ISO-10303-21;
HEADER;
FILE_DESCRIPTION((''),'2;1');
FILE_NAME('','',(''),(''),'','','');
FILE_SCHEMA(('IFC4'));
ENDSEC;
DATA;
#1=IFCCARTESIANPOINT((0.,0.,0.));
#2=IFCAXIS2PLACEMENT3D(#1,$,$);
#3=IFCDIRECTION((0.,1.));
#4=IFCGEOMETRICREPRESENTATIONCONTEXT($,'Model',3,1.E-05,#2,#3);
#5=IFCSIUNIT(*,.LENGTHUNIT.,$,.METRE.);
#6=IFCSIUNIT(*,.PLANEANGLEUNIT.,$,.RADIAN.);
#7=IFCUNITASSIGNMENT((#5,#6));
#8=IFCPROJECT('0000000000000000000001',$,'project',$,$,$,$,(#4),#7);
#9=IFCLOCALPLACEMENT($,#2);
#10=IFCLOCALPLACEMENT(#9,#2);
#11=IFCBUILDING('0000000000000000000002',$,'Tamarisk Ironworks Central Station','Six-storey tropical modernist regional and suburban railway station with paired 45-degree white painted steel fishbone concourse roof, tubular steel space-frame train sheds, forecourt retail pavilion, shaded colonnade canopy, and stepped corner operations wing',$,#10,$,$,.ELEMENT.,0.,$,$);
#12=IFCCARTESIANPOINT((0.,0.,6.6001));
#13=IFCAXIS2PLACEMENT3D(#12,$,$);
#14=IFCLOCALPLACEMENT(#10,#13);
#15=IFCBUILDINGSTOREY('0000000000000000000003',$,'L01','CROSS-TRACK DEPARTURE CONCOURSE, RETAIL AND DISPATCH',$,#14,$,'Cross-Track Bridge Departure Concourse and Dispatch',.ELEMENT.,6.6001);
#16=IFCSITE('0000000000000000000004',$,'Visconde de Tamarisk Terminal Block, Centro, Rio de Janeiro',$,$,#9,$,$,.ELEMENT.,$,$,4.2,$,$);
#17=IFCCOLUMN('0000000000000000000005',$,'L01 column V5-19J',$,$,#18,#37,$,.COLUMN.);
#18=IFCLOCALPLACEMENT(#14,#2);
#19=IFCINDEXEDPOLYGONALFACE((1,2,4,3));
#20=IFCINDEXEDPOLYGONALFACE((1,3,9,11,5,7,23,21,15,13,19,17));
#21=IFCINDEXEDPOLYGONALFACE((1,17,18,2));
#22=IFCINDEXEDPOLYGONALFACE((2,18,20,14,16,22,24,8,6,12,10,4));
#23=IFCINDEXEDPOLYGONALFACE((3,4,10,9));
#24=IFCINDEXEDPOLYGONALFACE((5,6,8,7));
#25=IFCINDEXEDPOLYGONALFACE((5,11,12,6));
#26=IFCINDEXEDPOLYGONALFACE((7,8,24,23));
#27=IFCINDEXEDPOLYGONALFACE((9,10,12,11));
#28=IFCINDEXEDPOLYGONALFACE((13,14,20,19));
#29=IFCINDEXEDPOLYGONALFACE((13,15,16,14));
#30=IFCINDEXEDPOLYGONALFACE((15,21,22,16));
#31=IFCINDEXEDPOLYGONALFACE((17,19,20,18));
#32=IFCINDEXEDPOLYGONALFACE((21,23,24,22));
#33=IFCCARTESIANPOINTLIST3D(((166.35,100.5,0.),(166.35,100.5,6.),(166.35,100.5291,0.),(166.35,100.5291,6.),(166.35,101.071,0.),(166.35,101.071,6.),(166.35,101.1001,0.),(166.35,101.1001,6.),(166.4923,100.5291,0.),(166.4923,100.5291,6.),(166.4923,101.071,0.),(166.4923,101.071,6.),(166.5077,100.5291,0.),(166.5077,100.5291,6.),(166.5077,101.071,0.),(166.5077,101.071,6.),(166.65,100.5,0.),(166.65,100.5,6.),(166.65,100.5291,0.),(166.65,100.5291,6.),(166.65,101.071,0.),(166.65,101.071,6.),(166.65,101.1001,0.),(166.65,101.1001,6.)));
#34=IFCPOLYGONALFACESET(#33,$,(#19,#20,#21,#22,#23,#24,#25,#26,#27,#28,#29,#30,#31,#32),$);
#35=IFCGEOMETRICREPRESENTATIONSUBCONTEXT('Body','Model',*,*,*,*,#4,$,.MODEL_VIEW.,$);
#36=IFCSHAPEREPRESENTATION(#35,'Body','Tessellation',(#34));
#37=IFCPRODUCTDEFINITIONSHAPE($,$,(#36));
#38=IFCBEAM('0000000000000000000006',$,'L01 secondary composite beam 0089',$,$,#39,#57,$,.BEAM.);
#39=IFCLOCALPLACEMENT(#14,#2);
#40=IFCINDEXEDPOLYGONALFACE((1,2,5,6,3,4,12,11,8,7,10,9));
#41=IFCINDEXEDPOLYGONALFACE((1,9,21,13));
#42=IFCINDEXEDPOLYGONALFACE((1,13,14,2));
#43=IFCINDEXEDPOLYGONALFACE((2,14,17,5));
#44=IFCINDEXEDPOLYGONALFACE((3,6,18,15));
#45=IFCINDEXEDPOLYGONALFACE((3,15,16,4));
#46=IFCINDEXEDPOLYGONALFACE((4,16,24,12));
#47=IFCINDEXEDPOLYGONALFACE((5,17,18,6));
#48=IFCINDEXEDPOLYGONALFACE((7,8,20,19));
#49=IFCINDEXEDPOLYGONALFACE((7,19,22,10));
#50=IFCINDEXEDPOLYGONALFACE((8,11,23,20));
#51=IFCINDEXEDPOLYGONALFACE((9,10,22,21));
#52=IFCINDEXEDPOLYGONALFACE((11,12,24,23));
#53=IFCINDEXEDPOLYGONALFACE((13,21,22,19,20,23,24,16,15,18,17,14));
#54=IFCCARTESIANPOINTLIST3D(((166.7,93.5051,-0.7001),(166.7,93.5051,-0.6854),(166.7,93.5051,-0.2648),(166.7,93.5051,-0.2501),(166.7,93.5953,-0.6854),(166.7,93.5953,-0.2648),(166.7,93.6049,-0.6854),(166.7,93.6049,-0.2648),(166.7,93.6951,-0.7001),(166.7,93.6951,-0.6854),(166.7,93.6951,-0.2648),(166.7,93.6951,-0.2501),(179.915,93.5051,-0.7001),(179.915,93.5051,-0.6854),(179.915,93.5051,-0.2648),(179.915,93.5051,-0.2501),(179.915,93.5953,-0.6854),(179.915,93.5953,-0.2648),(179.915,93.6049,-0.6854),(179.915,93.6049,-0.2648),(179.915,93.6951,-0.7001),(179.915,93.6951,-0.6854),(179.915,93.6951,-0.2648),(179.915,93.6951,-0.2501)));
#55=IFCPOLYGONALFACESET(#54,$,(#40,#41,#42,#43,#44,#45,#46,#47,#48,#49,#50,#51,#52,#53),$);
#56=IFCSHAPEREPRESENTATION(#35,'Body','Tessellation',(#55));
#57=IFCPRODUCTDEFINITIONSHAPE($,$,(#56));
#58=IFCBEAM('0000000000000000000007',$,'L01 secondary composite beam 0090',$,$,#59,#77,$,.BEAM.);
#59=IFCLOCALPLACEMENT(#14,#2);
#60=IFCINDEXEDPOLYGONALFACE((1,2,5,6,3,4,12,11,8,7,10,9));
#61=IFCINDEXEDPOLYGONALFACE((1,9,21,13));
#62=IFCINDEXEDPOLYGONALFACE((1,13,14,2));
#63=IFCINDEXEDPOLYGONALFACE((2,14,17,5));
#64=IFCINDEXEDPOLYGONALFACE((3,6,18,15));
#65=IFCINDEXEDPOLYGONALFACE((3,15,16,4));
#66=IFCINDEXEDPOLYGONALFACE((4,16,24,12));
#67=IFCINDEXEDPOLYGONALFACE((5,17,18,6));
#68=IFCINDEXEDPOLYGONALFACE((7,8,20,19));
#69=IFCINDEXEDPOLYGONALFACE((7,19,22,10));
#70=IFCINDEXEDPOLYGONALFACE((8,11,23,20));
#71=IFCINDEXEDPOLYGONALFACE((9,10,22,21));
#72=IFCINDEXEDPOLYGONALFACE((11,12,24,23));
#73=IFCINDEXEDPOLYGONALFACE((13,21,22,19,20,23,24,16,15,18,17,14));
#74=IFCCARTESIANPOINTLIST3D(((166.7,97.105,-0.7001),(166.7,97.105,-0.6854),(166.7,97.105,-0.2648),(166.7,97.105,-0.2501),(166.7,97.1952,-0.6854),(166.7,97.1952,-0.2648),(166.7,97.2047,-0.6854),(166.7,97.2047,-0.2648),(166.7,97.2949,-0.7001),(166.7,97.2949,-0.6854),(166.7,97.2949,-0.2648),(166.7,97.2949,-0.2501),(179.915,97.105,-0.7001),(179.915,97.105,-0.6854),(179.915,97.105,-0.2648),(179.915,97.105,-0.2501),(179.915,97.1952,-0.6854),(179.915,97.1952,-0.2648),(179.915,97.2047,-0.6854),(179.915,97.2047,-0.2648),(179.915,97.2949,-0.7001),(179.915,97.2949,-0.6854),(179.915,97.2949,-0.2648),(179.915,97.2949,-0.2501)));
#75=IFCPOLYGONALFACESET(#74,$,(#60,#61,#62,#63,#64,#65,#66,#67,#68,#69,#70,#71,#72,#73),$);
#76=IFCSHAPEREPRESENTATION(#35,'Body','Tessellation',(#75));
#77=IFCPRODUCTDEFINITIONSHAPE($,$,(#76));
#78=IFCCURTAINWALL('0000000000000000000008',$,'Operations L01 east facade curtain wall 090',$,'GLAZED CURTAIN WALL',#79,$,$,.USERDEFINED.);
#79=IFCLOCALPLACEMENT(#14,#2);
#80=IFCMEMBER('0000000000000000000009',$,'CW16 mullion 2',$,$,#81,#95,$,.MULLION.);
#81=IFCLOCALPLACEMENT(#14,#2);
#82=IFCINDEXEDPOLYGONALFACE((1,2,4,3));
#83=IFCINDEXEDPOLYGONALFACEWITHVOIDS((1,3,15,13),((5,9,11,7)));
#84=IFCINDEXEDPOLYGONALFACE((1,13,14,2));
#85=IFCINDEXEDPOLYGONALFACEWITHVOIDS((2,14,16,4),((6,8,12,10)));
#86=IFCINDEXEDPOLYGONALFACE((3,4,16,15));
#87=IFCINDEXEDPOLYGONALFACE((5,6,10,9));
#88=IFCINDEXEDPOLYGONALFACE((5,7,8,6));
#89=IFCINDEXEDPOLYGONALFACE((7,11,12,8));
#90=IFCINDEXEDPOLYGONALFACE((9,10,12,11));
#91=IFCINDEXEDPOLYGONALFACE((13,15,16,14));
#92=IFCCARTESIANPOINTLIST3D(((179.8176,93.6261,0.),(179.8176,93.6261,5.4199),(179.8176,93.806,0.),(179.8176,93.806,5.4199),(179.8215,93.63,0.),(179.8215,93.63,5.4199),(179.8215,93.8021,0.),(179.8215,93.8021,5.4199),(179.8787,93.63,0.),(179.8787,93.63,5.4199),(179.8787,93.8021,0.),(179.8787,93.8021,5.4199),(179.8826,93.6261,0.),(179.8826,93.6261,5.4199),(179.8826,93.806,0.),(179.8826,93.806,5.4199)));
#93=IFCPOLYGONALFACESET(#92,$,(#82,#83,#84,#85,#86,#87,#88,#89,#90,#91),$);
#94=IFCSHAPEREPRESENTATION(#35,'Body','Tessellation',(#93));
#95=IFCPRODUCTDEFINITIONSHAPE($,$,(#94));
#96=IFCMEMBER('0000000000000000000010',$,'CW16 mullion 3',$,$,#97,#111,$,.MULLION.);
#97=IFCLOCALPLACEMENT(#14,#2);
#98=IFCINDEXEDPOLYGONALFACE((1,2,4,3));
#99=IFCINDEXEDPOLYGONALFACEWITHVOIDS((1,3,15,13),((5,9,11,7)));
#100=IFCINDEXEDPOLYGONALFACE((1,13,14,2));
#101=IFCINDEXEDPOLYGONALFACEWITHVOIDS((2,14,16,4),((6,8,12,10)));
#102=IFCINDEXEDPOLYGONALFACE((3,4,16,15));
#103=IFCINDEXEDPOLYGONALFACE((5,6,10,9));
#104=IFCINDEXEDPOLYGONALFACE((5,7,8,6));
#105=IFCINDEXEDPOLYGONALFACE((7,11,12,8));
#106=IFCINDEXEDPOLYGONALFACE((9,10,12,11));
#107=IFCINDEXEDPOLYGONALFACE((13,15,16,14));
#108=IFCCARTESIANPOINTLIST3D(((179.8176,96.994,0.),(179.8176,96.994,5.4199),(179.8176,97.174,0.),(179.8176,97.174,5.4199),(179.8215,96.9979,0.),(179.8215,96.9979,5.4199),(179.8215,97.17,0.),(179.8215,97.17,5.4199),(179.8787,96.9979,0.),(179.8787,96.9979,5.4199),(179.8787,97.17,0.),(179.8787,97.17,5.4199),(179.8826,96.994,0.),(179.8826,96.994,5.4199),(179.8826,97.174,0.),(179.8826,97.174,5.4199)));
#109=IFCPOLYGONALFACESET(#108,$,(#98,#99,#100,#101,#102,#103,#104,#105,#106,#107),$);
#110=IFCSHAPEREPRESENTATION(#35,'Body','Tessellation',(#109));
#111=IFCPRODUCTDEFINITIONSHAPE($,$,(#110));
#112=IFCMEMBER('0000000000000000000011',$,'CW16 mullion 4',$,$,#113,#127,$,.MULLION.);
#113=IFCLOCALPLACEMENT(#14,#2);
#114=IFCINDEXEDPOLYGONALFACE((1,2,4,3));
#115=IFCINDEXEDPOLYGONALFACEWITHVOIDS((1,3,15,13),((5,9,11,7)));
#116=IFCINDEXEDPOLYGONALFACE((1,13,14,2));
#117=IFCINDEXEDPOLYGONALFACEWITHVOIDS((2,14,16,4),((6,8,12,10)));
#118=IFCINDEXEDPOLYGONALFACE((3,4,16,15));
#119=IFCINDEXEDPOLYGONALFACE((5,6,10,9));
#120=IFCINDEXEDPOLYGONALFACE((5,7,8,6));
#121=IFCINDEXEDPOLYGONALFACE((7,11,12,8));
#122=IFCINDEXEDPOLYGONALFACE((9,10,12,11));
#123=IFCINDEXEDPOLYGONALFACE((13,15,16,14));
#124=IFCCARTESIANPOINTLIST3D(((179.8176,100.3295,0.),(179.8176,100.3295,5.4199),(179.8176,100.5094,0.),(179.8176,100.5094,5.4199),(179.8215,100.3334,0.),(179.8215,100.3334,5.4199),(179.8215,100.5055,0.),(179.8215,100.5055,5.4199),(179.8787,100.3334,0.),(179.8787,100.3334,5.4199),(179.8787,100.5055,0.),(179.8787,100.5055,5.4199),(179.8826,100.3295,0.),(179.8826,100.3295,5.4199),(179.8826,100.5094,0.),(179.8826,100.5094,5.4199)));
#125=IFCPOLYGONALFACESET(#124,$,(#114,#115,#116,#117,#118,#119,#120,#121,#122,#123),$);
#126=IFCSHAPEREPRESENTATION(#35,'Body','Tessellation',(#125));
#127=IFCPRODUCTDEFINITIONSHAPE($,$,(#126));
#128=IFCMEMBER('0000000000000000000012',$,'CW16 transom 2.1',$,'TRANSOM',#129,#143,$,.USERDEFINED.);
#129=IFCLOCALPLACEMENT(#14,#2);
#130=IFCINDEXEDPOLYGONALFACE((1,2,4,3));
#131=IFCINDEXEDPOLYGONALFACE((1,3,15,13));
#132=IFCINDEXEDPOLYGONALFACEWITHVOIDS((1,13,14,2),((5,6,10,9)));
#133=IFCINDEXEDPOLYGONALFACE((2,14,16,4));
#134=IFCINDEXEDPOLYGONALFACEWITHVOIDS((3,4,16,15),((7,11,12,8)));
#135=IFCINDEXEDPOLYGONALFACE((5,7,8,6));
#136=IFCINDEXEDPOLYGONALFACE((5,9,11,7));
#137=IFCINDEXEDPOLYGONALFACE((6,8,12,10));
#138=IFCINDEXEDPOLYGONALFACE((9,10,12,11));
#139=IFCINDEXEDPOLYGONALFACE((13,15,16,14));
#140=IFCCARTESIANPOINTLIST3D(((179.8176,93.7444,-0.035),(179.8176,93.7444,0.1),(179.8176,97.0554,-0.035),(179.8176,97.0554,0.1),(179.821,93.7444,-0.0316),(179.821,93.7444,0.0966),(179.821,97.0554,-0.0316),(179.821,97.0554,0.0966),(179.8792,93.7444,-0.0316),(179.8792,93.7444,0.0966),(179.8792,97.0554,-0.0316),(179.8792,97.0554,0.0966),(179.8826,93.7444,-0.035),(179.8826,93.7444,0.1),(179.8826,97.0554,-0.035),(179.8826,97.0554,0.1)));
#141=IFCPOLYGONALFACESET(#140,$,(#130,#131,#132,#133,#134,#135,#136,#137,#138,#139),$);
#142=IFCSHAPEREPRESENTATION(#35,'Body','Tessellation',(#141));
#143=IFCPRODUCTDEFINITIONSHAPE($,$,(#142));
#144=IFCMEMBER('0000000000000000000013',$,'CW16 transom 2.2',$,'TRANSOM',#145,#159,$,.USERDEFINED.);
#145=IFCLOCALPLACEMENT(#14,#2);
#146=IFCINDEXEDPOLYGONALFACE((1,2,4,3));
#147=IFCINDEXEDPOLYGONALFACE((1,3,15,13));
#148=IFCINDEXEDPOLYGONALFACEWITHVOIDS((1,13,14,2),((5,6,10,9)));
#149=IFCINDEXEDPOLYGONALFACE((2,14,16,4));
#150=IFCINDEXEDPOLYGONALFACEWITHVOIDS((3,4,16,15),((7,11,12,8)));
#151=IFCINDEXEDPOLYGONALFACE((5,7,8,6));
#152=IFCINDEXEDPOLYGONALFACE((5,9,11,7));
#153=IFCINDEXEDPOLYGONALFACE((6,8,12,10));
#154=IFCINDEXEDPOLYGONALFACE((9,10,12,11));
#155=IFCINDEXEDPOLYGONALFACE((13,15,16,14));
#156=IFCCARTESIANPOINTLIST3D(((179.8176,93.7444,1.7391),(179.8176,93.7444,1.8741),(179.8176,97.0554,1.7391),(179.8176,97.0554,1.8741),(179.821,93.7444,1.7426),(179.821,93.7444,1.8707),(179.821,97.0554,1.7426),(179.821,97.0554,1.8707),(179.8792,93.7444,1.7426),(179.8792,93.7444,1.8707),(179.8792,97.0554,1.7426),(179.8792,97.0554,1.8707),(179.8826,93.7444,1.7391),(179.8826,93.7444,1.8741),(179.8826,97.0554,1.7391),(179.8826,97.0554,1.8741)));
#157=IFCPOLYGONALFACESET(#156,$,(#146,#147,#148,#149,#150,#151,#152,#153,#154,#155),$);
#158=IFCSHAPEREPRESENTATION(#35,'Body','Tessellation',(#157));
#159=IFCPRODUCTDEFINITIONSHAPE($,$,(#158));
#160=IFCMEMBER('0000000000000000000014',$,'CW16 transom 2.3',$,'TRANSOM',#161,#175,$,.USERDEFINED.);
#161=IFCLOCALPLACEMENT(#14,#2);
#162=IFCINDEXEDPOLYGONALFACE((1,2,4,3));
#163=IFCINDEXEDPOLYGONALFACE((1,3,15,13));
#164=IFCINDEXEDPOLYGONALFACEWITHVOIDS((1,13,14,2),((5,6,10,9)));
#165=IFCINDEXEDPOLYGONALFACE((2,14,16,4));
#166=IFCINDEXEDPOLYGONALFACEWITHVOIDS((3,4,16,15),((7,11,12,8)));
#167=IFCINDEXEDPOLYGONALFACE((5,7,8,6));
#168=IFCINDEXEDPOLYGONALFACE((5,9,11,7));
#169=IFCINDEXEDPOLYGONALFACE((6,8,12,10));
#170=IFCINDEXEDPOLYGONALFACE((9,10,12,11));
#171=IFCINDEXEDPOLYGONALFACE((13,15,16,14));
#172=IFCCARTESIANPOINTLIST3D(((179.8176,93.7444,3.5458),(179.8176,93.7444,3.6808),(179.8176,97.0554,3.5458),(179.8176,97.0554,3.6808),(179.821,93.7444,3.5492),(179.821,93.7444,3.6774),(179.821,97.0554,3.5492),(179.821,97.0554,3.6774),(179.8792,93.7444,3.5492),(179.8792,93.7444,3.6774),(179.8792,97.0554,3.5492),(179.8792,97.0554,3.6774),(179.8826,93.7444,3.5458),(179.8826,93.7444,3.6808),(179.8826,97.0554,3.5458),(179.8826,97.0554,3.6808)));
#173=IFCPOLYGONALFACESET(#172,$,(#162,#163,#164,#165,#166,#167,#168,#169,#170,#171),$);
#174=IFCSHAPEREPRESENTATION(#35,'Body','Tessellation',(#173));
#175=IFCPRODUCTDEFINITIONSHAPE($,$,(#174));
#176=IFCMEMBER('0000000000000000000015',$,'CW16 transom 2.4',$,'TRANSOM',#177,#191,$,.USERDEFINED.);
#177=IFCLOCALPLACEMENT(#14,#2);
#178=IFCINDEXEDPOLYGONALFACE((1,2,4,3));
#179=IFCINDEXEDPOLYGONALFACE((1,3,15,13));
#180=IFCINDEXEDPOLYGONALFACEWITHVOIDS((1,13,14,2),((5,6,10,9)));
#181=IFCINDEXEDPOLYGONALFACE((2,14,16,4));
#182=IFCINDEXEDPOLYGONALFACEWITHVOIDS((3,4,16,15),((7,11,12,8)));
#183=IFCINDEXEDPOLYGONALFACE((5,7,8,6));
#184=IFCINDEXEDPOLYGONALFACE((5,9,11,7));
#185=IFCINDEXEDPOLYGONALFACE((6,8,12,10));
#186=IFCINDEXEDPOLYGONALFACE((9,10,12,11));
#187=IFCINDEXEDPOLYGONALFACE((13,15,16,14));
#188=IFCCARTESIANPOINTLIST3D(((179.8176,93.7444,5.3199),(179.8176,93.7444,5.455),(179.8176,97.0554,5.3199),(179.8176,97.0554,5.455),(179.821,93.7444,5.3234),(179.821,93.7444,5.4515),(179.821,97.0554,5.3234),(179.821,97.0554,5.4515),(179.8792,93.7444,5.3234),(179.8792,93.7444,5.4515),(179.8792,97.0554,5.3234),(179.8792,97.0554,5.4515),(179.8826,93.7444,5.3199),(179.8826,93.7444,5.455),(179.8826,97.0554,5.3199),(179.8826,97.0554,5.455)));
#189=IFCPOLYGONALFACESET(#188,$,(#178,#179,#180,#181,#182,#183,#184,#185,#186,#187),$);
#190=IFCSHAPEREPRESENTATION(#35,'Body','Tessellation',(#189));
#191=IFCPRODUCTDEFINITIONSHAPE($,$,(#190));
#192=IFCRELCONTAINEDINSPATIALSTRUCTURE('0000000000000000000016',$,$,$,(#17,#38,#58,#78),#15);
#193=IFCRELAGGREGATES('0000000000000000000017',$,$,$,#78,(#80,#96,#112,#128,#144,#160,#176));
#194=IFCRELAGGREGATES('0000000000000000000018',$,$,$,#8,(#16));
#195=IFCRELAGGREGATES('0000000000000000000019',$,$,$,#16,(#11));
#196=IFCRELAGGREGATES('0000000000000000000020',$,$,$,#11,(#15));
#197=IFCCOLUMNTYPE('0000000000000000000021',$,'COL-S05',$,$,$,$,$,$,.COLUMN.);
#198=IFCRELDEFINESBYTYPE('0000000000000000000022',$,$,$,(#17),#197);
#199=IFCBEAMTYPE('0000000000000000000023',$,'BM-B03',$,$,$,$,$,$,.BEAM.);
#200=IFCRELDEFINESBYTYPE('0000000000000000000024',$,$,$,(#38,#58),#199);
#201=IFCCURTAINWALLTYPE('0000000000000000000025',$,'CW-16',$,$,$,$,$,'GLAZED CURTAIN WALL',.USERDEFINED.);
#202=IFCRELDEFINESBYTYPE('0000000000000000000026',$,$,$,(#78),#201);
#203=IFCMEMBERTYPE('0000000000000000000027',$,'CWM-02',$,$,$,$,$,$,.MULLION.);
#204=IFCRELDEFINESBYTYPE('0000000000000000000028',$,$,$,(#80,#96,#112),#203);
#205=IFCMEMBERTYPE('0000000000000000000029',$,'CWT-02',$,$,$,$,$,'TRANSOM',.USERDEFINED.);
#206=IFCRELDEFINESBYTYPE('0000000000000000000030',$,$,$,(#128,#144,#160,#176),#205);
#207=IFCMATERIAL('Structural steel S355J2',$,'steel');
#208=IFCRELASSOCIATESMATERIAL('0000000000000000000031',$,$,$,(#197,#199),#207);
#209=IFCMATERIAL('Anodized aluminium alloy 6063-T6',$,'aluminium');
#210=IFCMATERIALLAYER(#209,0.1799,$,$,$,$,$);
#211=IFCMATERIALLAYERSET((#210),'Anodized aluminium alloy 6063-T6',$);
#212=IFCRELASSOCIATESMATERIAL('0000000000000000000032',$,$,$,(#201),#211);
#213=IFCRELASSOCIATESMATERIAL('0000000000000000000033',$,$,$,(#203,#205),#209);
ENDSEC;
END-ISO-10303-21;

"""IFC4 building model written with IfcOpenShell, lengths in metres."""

from ifc_helpers import new_model, si_unit, direction, frame, origin, origin_2d, place, context, subcontext, project, spatial, hollow_rectangle, i_section, extrude, material, layer, layer_set, material_profile, profile_set, type_object, element, aggregate, save


model = new_model("IFC4")

# Units and contexts
model_context = context("Model", 3, precision=1e-05, world=origin(), true_north=direction((0.0, 1.0)))
body_context = subcontext(model_context, "Body", "Model", "MODEL_VIEW")
ifc_project = project(units=[si_unit("LENGTHUNIT", "METRE"), si_unit("PLANEANGLEUNIT", "RADIAN")], contexts=[model_context])

# Site, building, storey
site_placement = place(None, origin())
site = spatial("IfcSite", under=ifc_project, at=site_placement, Name="Visconde de Tamarisk Terminal Block, Centro, Rio de Janeiro", CompositionType="ELEMENT", RefElevation=4.2)
building_placement = place(site_placement, origin())
building = spatial("IfcBuilding", under=site, at=building_placement, Name="Tamarisk Ironworks Central Station", Description="Six-storey tropical modernist regional and suburban railway station with paired 45-degree white painted steel fishbone concourse roof, tubular steel space-frame train sheds, forecourt retail pavilion, shaded colonnade canopy, and stepped corner operations wing", CompositionType="ELEMENT", ElevationOfRefHeight=0.0)
storey_placement = place(building_placement, frame((0.0, 0.0, 6.6001)))
storey = spatial("IfcBuildingStorey", under=building, at=storey_placement, Name="L01", Description="CROSS-TRACK DEPARTURE CONCOURSE, RETAIL AND DISPATCH", LongName="Cross-Track Bridge Departure Concourse and Dispatch", CompositionType="ELEMENT", Elevation=6.6001)

# Column
ifc_material_1 = material(Name="Structural steel S355J2", Category="steel")
ifc_material_profile_1 = material_profile(ifc_material_1, i_section(OverallWidth=0.3, OverallDepth=0.6001, WebThickness=0.0154, FlangeThickness=0.0291, at=origin_2d()), Name="HEB 600")
ifc_profile_set_1 = profile_set([ifc_material_profile_1], Name="Structural steel S355J2")
column_type = type_object("IfcColumnType", Name="COL-S05", PredefinedType="COLUMN", material=ifc_profile_set_1)
column_placement = place(storey_placement, frame((166.5, 100.8, 0.0), z_axis=(0.0, 0.0, 1.0), x_axis=(1.0, 0.0, 0.0)))
element("IfcColumn", 1, at=column_placement, inside=storey, type_object=column_type, Name="L01 column V5-19J", PredefinedType="COLUMN", context=body_context, shape_type="SweptSolid", body=[
    extrude(i_section(OverallWidth=0.3, OverallDepth=0.6001, WebThickness=0.0154, FlangeThickness=0.0291, at=origin_2d()), origin(), (0.0, 0.0, 1.0), 6.0),
])

# Beams
ifc_material_profile_2 = material_profile(ifc_material_1, i_section(OverallWidth=0.1899, OverallDepth=0.45, WebThickness=0.0095, FlangeThickness=0.0146, at=origin_2d()), Name="IPE 450")
ifc_profile_set_2 = profile_set([ifc_material_profile_2], Name="Structural steel S355J2")
beam_type = type_object("IfcBeamType", Name="BM-B03", PredefinedType="BEAM", material=ifc_profile_set_2)
for number, where, z_axis, x_axis, name in (
    (2, (166.7, 93.6001, -0.4751), (1.0, 0.0, 0.0), (0.0, 1.0, 0.0), "L01 secondary composite beam 0089"),
    (3, (166.7, 97.2, -0.4751), (1.0, 0.0, 0.0), (0.0, 1.0, 0.0), "L01 secondary composite beam 0090"),
):
    element("IfcBeam", number, at=place(storey_placement, frame(where, z_axis=z_axis, x_axis=x_axis)), inside=storey, type_object=beam_type, Name=name, PredefinedType="BEAM", context=body_context, shape_type="SweptSolid", body=[
        extrude(i_section(OverallWidth=0.1899, OverallDepth=0.45, WebThickness=0.0095, FlangeThickness=0.0146, at=origin_2d()), origin(), (0.0, 0.0, 1.0), 13.2151),
    ])

# Curtain wall, members
ifc_material_2 = material(Name="Anodized aluminium alloy 6063-T6", Category="aluminium")
ifc_layer_1 = layer(ifc_material_2, 0.1799)
ifc_layer_set_1 = layer_set([ifc_layer_1], Name="Anodized aluminium alloy 6063-T6")
curtain_wall_type = type_object("IfcCurtainWallType", Name="CW-16", ElementType="GLAZED CURTAIN WALL", PredefinedType="USERDEFINED", material=ifc_layer_set_1)
curtain_wall_placement = place(storey_placement, origin())
curtain_wall = element("IfcCurtainWall", 4, at=curtain_wall_placement, inside=storey, type_object=curtain_wall_type, Name="Operations L01 east facade curtain wall 090", ObjectType="GLAZED CURTAIN WALL", PredefinedType="USERDEFINED")
ifc_material_profile_3 = material_profile(ifc_material_2, hollow_rectangle(XDim=0.0649, YDim=0.1799, WallThickness=0.0039, at=origin_2d()), Name="ALUM 180x65")
ifc_profile_set_3 = profile_set([ifc_material_profile_3], Name="Anodized aluminium alloy 6063-T6")
member_type_1 = type_object("IfcMemberType", Name="CWM-02", PredefinedType="MULLION", material=ifc_profile_set_3)
member_1_placement = place(storey_placement, frame((179.8501, 93.7161, 0.0), z_axis=(0.0, 0.0, 1.0), x_axis=(-1.0, 0.0, 0.0)))
member_1 = element("IfcMember", 5, at=member_1_placement, type_object=member_type_1, Name="CW16 mullion 2", PredefinedType="MULLION", context=body_context, shape_type="SweptSolid", body=[
    extrude(hollow_rectangle(XDim=0.0649, YDim=0.1799, WallThickness=0.0039, at=origin_2d()), origin(), (0.0, 0.0, 1.0), 5.4199),
])
member_2_placement = place(storey_placement, frame((179.8501, 97.084, 0.0), z_axis=(0.0, 0.0, 1.0), x_axis=(-1.0, 0.0, 0.0)))
member_2 = element("IfcMember", 6, at=member_2_placement, type_object=member_type_1, Name="CW16 mullion 3", PredefinedType="MULLION", context=body_context, shape_type="SweptSolid", body=[
    extrude(hollow_rectangle(XDim=0.0649, YDim=0.1799, WallThickness=0.0039, at=origin_2d()), origin(), (0.0, 0.0, 1.0), 5.4199),
])
member_3_placement = place(storey_placement, frame((179.8501, 100.4194, 0.0), z_axis=(0.0, 0.0, 1.0), x_axis=(-1.0, 0.0, 0.0)))
member_3 = element("IfcMember", 7, at=member_3_placement, type_object=member_type_1, Name="CW16 mullion 4", PredefinedType="MULLION", context=body_context, shape_type="SweptSolid", body=[
    extrude(hollow_rectangle(XDim=0.0649, YDim=0.1799, WallThickness=0.0039, at=origin_2d()), origin(), (0.0, 0.0, 1.0), 5.4199),
])
ifc_material_profile_4 = material_profile(ifc_material_2, hollow_rectangle(XDim=0.0649, YDim=0.135, WallThickness=0.0034, at=origin_2d()), Name="ALUM 135x65")
ifc_profile_set_4 = profile_set([ifc_material_profile_4], Name="Anodized aluminium alloy 6063-T6")
member_type_2 = type_object("IfcMemberType", Name="CWT-02", ElementType="TRANSOM", PredefinedType="USERDEFINED", material=ifc_profile_set_4)
member_4_placement = place(storey_placement, frame((179.8501, 93.7444, 0.0325), z_axis=(0.0, 1.0, 0.0), x_axis=(-1.0, 0.0, 0.0)))
member_4 = element("IfcMember", 8, at=member_4_placement, type_object=member_type_2, Name="CW16 transom 2.1", ObjectType="TRANSOM", PredefinedType="USERDEFINED", context=body_context, shape_type="SweptSolid", body=[
    extrude(hollow_rectangle(XDim=0.0649, YDim=0.135, WallThickness=0.0034, at=origin_2d()), origin(), (0.0, 0.0, 1.0), 3.311),
])
member_5_placement = place(storey_placement, frame((179.8501, 93.7444, 1.8066), z_axis=(0.0, 1.0, 0.0), x_axis=(-1.0, 0.0, 0.0)))
member_5 = element("IfcMember", 9, at=member_5_placement, type_object=member_type_2, Name="CW16 transom 2.2", ObjectType="TRANSOM", PredefinedType="USERDEFINED", context=body_context, shape_type="SweptSolid", body=[
    extrude(hollow_rectangle(XDim=0.0649, YDim=0.135, WallThickness=0.0034, at=origin_2d()), origin(), (0.0, 0.0, 1.0), 3.311),
])
member_6_placement = place(storey_placement, frame((179.8501, 93.7444, 3.6133), z_axis=(0.0, 1.0, 0.0), x_axis=(-1.0, 0.0, 0.0)))
member_6 = element("IfcMember", 10, at=member_6_placement, type_object=member_type_2, Name="CW16 transom 2.3", ObjectType="TRANSOM", PredefinedType="USERDEFINED", context=body_context, shape_type="SweptSolid", body=[
    extrude(hollow_rectangle(XDim=0.0649, YDim=0.135, WallThickness=0.0034, at=origin_2d()), origin(), (0.0, 0.0, 1.0), 3.311),
])
member_7_placement = place(storey_placement, frame((179.8501, 93.7444, 5.3875), z_axis=(0.0, 1.0, 0.0), x_axis=(-1.0, 0.0, 0.0)))
member_7 = element("IfcMember", 11, at=member_7_placement, type_object=member_type_2, Name="CW16 transom 2.4", ObjectType="TRANSOM", PredefinedType="USERDEFINED", context=body_context, shape_type="SweptSolid", body=[
    extrude(hollow_rectangle(XDim=0.0649, YDim=0.135, WallThickness=0.0034, at=origin_2d()), origin(), (0.0, 0.0, 1.0), 3.311),
])
aggregate(curtain_wall, [member_1, member_2, member_3, member_4, member_5, member_6, member_7])

save(model, "model.ifc")
